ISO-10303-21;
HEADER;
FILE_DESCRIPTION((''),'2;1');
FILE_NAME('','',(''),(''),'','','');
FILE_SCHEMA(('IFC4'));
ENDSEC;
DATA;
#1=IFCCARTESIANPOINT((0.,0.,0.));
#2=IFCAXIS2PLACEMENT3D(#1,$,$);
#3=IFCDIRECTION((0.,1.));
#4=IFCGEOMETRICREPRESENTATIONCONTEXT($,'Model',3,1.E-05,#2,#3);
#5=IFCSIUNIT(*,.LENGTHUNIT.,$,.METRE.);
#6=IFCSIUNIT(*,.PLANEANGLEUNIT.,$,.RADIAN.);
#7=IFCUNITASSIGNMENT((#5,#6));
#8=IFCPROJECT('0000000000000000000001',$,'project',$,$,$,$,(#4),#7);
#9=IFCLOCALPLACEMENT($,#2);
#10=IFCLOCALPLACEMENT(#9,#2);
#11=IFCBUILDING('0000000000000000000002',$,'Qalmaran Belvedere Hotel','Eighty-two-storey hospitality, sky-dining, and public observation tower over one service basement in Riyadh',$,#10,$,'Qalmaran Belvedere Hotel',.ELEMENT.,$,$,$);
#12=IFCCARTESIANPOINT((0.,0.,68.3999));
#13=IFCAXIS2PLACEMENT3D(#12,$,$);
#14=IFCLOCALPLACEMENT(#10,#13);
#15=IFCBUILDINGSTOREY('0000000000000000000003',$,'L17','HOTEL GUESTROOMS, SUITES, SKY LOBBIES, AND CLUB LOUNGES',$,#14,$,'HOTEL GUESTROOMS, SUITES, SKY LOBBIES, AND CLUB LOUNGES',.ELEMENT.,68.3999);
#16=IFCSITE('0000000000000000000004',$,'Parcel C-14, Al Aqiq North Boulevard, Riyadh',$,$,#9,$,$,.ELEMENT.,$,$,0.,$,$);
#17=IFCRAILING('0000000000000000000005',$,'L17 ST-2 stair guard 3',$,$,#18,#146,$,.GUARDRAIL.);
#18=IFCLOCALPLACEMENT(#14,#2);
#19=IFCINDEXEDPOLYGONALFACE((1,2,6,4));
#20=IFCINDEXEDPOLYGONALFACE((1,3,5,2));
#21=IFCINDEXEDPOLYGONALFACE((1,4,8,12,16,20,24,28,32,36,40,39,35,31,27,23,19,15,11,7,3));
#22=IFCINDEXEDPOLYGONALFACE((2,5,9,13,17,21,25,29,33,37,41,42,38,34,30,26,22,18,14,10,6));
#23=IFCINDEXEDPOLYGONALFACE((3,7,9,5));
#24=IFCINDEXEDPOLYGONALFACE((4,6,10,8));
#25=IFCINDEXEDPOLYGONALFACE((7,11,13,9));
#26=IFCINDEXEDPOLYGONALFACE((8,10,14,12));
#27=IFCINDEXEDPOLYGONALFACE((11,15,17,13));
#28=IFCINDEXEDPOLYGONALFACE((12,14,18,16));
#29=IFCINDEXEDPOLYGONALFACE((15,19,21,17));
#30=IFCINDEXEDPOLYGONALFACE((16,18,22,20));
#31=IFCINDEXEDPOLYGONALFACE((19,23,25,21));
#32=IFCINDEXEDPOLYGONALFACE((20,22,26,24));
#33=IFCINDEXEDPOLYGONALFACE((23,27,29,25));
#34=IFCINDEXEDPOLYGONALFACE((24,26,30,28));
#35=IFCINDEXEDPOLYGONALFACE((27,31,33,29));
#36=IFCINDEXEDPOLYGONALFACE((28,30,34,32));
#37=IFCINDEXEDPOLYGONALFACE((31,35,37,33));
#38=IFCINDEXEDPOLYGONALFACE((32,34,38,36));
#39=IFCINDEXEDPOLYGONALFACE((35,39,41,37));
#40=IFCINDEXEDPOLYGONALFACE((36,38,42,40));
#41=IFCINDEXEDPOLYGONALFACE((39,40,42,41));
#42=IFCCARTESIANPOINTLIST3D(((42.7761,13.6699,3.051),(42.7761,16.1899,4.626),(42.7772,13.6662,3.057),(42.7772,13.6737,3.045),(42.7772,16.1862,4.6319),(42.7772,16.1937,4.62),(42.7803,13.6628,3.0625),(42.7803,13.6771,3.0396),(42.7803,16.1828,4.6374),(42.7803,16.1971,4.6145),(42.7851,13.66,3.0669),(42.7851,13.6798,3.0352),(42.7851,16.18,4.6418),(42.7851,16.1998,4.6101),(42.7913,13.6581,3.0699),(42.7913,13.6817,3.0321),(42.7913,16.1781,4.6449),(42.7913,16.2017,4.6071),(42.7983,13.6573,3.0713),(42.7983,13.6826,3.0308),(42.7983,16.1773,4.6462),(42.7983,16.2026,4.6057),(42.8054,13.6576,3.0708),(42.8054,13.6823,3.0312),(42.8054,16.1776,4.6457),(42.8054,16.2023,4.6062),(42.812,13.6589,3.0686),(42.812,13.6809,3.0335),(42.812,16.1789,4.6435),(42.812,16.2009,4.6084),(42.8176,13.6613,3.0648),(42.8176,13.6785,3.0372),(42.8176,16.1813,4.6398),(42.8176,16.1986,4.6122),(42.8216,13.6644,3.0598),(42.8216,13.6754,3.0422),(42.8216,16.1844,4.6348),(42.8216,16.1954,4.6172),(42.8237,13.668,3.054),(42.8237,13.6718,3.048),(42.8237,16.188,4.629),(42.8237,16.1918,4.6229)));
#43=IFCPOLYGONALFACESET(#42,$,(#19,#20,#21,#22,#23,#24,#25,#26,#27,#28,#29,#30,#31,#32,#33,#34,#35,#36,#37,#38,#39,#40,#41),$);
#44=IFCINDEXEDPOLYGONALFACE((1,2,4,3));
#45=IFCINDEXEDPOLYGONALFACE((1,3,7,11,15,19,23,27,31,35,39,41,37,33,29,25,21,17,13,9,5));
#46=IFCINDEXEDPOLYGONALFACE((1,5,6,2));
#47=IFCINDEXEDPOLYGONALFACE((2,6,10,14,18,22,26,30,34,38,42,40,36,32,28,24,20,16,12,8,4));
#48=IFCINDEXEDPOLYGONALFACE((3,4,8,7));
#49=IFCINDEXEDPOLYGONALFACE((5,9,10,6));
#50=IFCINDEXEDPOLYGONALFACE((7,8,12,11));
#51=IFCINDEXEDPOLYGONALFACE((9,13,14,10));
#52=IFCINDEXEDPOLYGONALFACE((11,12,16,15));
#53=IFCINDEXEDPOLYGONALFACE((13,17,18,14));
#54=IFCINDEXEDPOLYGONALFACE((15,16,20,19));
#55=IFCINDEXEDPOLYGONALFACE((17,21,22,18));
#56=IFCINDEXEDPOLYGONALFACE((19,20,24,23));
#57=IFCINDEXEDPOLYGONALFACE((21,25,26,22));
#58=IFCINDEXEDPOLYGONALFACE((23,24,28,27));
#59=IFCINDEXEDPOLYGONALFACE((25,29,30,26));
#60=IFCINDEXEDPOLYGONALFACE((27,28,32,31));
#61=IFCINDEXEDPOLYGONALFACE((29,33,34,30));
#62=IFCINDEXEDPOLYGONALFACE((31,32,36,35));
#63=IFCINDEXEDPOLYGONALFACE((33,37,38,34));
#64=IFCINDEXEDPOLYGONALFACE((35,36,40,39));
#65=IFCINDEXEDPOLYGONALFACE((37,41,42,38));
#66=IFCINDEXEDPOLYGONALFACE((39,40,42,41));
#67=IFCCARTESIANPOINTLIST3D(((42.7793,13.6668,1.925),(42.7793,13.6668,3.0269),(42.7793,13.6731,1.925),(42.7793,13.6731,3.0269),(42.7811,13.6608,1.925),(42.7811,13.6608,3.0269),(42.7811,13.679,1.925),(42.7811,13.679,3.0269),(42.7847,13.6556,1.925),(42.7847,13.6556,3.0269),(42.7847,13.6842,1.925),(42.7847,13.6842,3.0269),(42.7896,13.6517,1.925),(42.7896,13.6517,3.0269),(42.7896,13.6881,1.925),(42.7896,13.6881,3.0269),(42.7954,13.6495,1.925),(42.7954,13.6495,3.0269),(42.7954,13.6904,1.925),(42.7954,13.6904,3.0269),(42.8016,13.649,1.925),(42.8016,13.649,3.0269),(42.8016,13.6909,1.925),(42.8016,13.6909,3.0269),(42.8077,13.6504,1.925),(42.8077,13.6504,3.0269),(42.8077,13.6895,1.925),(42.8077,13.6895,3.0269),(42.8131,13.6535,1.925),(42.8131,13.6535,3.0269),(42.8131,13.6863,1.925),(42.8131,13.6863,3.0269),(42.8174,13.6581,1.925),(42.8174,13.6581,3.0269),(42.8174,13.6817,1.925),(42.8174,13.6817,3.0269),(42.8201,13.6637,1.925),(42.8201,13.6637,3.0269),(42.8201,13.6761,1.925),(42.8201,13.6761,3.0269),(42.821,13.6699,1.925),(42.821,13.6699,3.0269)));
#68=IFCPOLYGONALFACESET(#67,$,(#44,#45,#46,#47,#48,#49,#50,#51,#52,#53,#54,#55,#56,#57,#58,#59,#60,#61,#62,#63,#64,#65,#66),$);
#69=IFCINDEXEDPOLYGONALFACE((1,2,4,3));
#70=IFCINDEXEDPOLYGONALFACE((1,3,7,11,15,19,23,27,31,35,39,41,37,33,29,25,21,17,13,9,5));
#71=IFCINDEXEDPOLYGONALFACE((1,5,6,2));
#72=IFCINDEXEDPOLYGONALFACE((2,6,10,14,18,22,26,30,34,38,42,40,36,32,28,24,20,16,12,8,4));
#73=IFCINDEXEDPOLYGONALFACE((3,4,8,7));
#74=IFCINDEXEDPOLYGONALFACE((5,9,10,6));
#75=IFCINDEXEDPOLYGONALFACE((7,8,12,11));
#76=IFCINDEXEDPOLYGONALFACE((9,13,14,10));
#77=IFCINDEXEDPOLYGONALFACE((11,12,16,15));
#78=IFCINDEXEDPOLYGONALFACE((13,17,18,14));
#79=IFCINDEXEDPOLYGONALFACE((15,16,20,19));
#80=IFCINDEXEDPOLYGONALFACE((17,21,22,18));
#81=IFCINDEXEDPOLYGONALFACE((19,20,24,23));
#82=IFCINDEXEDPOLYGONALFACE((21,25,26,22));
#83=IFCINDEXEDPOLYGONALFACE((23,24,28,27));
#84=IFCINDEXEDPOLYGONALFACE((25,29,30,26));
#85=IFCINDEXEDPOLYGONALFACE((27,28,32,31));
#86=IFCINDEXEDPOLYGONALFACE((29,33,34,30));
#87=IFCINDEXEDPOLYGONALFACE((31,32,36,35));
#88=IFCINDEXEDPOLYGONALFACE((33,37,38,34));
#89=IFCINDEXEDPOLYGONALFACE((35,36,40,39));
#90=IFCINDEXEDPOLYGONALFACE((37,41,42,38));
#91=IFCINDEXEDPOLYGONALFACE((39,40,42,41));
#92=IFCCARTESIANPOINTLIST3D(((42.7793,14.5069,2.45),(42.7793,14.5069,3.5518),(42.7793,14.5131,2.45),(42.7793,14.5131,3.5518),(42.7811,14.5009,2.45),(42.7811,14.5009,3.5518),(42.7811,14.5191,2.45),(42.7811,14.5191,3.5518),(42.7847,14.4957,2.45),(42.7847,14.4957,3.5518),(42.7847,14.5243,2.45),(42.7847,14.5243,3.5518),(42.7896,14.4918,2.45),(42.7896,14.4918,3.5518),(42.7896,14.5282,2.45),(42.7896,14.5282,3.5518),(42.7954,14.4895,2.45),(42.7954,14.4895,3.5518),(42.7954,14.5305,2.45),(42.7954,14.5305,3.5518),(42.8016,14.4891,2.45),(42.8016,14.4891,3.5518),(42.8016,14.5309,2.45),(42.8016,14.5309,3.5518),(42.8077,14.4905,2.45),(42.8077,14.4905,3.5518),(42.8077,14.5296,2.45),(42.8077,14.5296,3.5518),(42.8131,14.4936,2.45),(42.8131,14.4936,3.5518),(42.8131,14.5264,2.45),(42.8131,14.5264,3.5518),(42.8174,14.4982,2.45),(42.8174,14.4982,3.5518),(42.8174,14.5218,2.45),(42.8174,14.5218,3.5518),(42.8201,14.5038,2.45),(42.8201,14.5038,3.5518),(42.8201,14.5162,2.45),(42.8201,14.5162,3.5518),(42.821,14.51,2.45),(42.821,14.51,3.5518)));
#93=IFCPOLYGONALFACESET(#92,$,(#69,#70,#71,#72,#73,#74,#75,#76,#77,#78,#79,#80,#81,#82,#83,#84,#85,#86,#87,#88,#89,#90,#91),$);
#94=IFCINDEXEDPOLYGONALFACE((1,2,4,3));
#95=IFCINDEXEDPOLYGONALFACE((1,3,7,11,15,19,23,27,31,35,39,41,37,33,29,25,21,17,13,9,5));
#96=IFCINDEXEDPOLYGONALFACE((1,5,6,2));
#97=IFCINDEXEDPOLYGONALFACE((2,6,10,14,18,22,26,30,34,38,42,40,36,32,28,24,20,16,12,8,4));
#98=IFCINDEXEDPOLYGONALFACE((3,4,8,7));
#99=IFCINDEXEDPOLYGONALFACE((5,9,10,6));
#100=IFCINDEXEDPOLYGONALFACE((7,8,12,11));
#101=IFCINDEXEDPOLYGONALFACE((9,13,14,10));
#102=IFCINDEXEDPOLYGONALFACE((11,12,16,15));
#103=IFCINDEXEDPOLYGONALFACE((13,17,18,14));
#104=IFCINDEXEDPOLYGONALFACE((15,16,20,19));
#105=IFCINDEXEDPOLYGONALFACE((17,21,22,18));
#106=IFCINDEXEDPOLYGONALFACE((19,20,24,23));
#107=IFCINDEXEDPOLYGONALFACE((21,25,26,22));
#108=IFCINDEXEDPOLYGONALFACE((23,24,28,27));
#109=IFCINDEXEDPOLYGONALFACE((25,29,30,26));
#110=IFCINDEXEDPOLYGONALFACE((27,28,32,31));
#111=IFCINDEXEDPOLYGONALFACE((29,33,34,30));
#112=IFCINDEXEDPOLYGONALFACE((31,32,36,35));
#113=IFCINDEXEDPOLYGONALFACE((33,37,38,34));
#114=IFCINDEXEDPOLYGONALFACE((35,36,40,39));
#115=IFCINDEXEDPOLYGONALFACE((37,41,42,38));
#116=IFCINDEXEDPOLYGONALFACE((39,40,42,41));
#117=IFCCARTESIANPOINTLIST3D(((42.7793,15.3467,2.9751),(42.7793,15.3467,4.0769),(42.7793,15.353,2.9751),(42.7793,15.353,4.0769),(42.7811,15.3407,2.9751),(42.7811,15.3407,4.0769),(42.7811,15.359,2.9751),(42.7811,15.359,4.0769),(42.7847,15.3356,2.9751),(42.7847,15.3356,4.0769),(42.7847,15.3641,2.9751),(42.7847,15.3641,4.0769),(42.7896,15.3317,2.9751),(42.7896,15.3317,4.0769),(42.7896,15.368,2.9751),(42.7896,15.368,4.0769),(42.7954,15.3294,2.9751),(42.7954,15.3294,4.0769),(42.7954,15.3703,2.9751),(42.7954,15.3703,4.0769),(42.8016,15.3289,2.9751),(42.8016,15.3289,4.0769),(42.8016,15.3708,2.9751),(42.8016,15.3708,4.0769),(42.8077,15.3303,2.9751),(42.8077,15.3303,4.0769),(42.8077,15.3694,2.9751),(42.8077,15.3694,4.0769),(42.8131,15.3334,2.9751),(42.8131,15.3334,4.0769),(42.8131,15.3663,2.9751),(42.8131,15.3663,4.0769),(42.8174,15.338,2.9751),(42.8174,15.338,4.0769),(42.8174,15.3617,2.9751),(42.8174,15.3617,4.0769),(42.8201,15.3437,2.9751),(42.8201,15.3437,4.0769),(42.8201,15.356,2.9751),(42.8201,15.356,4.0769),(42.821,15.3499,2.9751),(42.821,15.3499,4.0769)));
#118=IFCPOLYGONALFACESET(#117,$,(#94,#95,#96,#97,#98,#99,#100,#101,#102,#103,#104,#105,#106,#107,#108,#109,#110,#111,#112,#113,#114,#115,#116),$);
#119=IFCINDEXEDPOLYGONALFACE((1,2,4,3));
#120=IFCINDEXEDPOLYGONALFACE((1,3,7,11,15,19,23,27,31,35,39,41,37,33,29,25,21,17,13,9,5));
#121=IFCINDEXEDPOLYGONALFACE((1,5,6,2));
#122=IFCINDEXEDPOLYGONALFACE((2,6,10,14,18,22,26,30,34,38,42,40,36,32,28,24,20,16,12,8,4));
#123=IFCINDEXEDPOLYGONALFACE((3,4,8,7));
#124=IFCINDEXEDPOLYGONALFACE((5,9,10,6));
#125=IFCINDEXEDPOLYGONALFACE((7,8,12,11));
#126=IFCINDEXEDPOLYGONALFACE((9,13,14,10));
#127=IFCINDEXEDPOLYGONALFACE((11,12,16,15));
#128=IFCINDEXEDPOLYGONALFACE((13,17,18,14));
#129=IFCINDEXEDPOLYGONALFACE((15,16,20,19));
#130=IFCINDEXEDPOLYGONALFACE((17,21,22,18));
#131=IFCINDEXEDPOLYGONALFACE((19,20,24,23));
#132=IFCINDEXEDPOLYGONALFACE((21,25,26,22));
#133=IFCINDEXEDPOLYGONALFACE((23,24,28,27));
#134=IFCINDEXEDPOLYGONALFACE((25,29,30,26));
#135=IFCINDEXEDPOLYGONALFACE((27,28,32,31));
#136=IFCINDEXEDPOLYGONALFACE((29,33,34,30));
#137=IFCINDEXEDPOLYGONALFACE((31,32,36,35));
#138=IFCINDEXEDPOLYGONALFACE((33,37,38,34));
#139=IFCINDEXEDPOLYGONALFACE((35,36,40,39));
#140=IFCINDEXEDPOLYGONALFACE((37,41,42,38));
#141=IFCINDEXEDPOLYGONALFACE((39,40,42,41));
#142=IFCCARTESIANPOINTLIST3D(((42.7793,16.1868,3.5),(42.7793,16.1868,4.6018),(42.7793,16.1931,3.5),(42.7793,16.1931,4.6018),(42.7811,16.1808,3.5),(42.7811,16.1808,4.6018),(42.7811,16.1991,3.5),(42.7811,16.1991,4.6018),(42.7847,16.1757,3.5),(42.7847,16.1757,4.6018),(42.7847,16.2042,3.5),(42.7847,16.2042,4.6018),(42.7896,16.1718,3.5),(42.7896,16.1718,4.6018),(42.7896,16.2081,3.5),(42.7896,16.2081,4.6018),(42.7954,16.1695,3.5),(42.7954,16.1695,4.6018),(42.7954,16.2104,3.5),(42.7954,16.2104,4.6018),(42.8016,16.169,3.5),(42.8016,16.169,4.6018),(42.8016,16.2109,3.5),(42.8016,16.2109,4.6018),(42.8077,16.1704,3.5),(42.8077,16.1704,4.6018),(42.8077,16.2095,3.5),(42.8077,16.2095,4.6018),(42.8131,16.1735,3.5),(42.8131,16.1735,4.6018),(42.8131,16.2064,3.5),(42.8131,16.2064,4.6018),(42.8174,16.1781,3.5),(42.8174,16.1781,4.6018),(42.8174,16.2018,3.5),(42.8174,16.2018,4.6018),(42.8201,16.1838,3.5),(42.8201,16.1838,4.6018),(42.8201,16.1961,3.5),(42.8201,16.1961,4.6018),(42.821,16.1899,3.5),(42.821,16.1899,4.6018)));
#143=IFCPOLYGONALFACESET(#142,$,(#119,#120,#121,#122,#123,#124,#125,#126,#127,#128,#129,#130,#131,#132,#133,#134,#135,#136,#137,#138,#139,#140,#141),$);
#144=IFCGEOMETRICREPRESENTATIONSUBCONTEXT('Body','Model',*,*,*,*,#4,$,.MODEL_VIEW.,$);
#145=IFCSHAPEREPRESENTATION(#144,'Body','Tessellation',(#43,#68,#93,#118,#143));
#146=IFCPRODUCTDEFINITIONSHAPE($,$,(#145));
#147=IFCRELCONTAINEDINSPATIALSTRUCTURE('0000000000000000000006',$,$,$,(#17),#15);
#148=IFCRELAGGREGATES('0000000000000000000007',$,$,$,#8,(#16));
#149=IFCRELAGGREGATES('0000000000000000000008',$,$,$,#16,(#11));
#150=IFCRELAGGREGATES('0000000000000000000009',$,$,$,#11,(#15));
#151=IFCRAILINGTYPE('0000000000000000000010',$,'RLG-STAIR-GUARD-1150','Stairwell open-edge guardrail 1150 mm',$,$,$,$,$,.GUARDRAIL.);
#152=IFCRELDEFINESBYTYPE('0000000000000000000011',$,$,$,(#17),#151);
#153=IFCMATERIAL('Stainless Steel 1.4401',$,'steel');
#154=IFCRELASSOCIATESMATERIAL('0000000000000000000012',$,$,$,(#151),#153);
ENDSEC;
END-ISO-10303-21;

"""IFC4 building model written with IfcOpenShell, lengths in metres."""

from ifc_helpers import new_model, si_unit, direction, frame, origin, origin_2d, place, context, subcontext, project, spatial, circle, extrude, material, type_object, element, save


model = new_model("IFC4")

# Units and contexts
model_context = context("Model", 3, precision=1e-05, world=origin(), true_north=direction((0.0, 1.0)))
body_context = subcontext(model_context, "Body", "Model", "MODEL_VIEW")
ifc_project = project(units=[si_unit("LENGTHUNIT", "METRE"), si_unit("PLANEANGLEUNIT", "RADIAN")], contexts=[model_context])

# Site, building, storey
site_placement = place(None, origin())
site = spatial("IfcSite", under=ifc_project, at=site_placement, Name="Parcel C-14, Al Aqiq North Boulevard, Riyadh", CompositionType="ELEMENT", RefElevation=0.0)
building_placement = place(site_placement, origin())
building = spatial("IfcBuilding", under=site, at=building_placement, Name="Qalmaran Belvedere Hotel", Description="Eighty-two-storey hospitality, sky-dining, and public observation tower over one service basement in Riyadh", LongName="Qalmaran Belvedere Hotel", CompositionType="ELEMENT")
storey_placement = place(building_placement, frame((0.0, 0.0, 68.3999)))
storey = spatial("IfcBuildingStorey", under=building, at=storey_placement, Name="L17", Description="HOTEL GUESTROOMS, SUITES, SKY LOBBIES, AND CLUB LOUNGES", LongName="HOTEL GUESTROOMS, SUITES, SKY LOBBIES, AND CLUB LOUNGES", CompositionType="ELEMENT", Elevation=68.3999)

# Shared definitions
ifc_material_1 = material(Name="Stainless Steel 1.4401", Category="steel")

# Railing
railing_type_1 = type_object("IfcRailingType", Name="RLG-STAIR-GUARD-1150", Description="Stairwell open-edge guardrail 1150 mm", PredefinedType="GUARDRAIL", material=ifc_material_1)
railing_1_placement = place(storey_placement, frame((42.8, 13.6699, 1.925)))
element("IfcRailing", 1, at=railing_1_placement, inside=storey, type_object=railing_type_1, Name="L17 ST-2 stair guard 3", PredefinedType="GUARDRAIL", context=body_context, shape_type="SweptSolid", body=[
    extrude(circle(Radius=0.0239, at=origin_2d()), frame((0.0, 0.0, 1.126), z_axis=(0.0, 0.848008, 0.529984), x_axis=(-1.0, 0.0, 0.0)), (0.0, 0.0, 1.0), 2.9717),
    extrude(circle(Radius=0.021, at=origin_2d()), origin(), (0.0, 0.0, 1.0), 1.1018),
    extrude(circle(Radius=0.021, at=origin_2d()), frame((0.0, 0.8401, 0.5249)), (0.0, 0.0, 1.0), 1.1018),
    extrude(circle(Radius=0.021, at=origin_2d()), frame((0.0, 1.6799, 1.05)), (0.0, 0.0, 1.0), 1.1018),
    extrude(circle(Radius=0.021, at=origin_2d()), frame((0.0, 2.52, 1.575)), (0.0, 0.0, 1.0), 1.1018),
])

save(model, "model.ifc")
